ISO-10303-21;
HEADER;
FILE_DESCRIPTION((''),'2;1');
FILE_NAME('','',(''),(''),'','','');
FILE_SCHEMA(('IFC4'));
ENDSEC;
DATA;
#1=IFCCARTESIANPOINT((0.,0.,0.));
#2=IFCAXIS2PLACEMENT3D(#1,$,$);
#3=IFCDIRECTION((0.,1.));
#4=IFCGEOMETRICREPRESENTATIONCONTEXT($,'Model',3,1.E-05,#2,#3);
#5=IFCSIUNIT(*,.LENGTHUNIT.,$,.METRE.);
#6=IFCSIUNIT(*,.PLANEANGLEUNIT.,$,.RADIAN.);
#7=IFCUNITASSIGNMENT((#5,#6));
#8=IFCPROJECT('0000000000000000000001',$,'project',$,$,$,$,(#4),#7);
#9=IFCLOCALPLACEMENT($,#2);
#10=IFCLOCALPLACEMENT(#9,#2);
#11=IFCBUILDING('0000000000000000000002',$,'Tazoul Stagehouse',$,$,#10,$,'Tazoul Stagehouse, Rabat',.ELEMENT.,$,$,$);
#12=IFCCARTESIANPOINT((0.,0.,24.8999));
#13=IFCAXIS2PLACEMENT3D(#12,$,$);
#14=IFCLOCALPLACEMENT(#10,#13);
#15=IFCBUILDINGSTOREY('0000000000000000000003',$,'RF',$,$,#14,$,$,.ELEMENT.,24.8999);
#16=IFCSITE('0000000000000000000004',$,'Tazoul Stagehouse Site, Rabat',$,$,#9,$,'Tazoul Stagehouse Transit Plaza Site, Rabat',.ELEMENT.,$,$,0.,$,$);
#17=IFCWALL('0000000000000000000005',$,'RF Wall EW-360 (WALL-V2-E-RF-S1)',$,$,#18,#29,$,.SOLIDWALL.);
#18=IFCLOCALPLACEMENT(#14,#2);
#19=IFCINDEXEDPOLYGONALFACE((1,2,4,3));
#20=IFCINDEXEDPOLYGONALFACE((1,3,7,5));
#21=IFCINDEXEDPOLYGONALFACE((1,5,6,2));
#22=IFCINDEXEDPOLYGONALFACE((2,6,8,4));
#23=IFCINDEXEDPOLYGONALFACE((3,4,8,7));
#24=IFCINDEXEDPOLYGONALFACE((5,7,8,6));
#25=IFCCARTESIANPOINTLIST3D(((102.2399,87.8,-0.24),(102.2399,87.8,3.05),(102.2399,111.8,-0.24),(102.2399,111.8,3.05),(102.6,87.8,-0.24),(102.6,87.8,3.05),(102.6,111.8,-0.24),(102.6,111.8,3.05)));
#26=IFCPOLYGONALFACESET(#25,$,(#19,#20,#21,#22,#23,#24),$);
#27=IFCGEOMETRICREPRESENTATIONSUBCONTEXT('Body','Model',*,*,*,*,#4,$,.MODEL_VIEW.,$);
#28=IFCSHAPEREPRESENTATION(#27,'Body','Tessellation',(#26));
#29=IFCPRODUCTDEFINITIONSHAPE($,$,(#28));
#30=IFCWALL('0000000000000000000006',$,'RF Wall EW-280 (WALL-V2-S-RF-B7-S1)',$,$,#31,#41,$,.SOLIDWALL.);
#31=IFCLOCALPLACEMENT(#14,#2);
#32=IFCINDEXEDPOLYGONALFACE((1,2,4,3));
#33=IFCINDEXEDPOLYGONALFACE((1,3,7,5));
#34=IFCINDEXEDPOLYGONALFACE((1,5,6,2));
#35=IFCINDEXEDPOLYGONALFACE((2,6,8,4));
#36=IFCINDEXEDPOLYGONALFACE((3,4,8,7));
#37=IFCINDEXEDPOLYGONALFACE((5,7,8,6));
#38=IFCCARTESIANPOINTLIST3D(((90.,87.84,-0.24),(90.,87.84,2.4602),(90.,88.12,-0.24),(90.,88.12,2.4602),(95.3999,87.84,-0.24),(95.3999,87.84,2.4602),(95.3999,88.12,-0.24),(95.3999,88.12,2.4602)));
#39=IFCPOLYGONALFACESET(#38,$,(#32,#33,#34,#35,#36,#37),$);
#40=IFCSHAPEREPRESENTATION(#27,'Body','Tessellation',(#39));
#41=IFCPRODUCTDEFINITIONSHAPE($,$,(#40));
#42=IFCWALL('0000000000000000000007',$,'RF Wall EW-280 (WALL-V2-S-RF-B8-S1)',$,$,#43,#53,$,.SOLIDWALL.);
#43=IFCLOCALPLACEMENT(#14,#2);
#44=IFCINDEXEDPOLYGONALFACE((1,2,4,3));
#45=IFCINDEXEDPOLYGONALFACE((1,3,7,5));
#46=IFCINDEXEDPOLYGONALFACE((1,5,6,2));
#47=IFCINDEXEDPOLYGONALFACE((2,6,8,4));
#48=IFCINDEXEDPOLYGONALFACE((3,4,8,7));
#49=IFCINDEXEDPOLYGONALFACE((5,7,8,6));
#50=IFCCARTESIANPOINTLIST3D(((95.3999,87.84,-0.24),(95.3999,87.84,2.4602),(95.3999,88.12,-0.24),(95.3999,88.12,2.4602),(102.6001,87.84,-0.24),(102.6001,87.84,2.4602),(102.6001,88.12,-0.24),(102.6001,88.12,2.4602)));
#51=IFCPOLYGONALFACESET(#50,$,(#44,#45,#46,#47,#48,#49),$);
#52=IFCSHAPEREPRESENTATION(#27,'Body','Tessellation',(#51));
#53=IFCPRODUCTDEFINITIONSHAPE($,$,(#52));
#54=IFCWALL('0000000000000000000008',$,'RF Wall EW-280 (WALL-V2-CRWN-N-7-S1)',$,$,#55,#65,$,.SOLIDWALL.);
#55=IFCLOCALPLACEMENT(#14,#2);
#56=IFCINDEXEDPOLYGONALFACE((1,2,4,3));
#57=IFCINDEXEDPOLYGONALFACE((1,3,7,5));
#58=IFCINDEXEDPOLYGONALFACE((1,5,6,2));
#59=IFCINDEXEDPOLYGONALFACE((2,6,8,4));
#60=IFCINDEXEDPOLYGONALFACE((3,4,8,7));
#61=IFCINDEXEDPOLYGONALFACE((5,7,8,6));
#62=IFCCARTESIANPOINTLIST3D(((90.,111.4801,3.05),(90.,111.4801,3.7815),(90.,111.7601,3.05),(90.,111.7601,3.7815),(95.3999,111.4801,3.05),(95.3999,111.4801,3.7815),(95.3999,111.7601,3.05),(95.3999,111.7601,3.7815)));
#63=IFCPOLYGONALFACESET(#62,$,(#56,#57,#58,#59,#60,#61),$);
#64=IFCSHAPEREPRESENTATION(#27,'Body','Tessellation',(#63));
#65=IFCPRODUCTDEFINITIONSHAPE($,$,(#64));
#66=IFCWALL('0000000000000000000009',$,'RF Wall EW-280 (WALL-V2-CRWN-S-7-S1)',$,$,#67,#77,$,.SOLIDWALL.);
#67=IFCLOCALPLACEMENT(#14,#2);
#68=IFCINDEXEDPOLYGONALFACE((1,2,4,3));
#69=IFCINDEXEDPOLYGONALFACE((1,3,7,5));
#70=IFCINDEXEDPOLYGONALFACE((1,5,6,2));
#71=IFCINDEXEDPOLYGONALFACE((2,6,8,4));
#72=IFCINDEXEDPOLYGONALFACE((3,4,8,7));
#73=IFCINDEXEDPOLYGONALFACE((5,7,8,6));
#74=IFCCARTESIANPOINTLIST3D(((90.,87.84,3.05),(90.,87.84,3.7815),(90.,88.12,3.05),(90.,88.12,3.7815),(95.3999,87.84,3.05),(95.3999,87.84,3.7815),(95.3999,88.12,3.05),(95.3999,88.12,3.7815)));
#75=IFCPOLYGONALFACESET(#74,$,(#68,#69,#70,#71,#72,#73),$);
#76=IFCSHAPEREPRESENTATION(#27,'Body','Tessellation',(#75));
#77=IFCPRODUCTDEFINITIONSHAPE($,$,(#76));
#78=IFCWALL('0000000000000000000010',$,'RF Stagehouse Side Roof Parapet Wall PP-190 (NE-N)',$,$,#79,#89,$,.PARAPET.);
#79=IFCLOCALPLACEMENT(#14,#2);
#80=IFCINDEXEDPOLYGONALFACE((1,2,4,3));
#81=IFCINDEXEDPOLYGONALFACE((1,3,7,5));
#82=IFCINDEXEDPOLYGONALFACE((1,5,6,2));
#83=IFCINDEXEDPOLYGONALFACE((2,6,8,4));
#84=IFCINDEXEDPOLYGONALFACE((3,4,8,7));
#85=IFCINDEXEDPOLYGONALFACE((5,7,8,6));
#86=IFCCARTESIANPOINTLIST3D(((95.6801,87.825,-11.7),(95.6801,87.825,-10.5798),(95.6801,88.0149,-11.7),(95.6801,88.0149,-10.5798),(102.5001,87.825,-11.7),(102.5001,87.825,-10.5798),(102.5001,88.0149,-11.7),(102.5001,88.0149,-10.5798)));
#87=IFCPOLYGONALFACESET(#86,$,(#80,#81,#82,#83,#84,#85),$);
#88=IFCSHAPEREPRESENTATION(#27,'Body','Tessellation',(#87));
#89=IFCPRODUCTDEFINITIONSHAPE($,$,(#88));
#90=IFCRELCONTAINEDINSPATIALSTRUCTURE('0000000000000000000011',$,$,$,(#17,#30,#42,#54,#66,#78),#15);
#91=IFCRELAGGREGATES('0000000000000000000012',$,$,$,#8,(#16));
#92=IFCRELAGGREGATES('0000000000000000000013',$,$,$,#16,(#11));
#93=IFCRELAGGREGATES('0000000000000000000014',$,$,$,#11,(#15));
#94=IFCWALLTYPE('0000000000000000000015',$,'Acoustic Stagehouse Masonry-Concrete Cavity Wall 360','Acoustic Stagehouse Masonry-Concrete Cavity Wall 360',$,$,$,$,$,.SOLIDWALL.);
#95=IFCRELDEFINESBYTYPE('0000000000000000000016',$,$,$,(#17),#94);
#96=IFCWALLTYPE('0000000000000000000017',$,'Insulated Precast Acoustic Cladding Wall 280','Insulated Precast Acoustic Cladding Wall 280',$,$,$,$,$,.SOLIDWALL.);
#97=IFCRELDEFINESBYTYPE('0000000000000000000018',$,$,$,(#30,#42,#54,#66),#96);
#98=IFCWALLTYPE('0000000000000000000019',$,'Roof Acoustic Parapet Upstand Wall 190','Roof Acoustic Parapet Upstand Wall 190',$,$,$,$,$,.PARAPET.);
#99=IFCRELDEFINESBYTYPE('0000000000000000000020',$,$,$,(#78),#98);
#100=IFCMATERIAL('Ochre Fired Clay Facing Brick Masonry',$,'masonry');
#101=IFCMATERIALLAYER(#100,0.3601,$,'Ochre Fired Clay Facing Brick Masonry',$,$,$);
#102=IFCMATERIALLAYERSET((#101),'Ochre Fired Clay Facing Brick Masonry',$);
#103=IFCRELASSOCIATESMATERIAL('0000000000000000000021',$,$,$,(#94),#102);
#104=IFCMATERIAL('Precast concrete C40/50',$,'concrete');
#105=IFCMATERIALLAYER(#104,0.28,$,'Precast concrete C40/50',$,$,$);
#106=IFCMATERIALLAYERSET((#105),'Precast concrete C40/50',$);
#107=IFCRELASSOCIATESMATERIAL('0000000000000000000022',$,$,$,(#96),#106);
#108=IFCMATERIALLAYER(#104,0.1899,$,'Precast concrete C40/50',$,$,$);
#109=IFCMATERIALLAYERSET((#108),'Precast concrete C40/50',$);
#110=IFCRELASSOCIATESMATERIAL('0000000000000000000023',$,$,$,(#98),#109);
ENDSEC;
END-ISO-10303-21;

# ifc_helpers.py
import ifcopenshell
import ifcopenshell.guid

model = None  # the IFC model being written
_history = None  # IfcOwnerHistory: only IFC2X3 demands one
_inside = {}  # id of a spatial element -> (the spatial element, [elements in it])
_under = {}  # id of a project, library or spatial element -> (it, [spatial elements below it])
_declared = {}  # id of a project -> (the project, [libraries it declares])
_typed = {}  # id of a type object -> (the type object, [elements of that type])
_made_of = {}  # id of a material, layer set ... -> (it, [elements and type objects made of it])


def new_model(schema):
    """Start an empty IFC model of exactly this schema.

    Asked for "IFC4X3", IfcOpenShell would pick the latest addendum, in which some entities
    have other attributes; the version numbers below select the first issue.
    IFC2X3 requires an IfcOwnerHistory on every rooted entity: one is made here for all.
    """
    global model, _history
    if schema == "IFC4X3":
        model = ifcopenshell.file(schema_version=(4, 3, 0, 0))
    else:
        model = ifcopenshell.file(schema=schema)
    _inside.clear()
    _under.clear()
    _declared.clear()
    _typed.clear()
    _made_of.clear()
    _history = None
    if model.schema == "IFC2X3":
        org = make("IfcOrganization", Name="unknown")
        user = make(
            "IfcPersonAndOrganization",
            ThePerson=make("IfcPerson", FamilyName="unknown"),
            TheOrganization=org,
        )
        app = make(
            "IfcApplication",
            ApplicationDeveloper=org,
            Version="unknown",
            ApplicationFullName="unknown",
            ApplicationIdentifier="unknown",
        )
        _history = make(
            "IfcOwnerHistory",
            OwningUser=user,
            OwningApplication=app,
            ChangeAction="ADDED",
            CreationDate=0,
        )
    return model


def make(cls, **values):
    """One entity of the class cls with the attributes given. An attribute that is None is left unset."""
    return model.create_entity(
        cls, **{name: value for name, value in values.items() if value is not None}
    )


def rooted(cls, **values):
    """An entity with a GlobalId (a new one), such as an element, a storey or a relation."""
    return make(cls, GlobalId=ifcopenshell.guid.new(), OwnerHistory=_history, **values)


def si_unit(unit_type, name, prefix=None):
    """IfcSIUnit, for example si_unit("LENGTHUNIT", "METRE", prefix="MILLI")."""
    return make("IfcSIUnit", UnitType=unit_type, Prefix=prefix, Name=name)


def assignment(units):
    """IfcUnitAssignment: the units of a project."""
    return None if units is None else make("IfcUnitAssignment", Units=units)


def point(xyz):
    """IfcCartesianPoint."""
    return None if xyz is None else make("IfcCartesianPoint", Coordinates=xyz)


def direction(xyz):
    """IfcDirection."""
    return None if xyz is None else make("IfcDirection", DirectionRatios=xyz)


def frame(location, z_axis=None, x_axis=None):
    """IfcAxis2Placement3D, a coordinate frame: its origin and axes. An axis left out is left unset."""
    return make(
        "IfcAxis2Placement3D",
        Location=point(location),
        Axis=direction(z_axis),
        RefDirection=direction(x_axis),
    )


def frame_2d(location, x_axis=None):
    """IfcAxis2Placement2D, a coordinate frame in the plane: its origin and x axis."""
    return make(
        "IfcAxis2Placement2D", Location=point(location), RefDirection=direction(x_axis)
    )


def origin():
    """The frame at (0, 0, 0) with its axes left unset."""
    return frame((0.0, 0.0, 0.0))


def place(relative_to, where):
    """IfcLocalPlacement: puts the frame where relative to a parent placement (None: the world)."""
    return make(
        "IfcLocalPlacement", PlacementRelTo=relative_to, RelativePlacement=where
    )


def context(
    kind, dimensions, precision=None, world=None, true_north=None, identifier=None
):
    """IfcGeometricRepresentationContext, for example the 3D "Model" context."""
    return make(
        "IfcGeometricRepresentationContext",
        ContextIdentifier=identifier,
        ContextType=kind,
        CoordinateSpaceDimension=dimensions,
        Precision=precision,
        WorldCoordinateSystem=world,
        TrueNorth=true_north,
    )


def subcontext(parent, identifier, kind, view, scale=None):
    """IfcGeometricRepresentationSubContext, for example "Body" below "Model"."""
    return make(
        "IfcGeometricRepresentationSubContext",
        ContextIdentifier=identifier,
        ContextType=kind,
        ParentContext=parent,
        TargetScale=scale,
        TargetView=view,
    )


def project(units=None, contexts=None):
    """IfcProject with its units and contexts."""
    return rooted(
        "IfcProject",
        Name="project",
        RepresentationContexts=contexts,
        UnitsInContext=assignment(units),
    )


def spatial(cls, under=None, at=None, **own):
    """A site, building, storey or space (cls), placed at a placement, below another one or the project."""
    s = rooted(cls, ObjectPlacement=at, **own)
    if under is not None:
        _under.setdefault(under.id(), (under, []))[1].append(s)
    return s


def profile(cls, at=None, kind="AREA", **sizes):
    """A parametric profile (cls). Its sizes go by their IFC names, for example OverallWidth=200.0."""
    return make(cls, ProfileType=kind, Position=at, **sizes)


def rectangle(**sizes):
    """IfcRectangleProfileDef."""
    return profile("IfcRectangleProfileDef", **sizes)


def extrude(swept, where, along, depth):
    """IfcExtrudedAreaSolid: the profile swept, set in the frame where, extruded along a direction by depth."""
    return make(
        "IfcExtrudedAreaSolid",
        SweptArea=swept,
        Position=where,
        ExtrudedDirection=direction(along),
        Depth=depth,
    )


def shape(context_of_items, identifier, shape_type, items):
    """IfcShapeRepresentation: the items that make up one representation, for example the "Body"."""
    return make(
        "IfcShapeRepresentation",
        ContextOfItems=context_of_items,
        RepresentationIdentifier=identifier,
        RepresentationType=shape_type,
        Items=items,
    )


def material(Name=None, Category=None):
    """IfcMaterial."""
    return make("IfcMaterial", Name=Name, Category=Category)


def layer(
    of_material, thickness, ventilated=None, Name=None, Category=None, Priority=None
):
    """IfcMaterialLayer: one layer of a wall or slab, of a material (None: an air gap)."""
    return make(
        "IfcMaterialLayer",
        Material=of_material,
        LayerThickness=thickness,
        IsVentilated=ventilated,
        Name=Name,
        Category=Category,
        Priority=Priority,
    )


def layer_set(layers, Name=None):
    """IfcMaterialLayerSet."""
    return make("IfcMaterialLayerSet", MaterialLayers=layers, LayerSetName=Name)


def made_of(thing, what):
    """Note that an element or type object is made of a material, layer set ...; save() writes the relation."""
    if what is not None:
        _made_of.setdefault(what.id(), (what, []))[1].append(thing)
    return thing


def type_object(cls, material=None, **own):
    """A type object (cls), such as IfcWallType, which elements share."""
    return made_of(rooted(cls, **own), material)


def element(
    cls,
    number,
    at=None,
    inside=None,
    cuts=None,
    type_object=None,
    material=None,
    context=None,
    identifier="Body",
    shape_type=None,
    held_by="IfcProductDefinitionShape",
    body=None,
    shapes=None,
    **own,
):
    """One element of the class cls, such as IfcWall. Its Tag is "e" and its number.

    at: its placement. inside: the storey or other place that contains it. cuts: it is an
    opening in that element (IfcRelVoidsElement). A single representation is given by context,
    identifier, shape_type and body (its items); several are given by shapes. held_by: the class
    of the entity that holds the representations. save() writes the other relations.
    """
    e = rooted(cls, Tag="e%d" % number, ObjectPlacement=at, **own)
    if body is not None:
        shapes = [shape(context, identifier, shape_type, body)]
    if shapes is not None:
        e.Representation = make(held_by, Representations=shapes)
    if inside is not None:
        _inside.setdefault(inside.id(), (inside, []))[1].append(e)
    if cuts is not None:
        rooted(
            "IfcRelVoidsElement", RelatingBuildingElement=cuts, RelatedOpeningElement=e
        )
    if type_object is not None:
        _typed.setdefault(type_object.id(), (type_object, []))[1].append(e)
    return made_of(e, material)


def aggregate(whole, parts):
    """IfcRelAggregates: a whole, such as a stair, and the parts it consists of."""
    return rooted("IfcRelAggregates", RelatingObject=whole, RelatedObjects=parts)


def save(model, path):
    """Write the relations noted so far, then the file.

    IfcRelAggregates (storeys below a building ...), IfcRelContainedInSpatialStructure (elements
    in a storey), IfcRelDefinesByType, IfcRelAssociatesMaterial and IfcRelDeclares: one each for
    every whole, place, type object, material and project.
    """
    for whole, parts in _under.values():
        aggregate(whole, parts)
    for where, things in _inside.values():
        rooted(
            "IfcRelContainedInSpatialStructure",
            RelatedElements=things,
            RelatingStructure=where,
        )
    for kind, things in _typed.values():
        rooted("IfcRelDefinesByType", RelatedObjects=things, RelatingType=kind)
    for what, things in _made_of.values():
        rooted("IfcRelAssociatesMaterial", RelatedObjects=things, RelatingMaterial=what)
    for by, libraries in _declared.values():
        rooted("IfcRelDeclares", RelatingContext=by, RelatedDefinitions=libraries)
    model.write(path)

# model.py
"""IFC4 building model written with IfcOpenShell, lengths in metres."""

from ifc_helpers import new_model, si_unit, direction, frame, frame_2d, origin, place, context, subcontext, project, spatial, rectangle, extrude, material, layer, layer_set, type_object, element, save


model = new_model("IFC4")

# Units and contexts
model_context = context("Model", 3, precision=1e-05, world=origin(), true_north=direction((0.0, 1.0)))
body_context = subcontext(model_context, "Body", "Model", "MODEL_VIEW")
ifc_project = project(units=[si_unit("LENGTHUNIT", "METRE"), si_unit("PLANEANGLEUNIT", "RADIAN")], contexts=[model_context])

# Site, building, storey
site_placement = place(None, origin())
site = spatial("IfcSite", under=ifc_project, at=site_placement, Name="Tazoul Stagehouse Site, Rabat", LongName="Tazoul Stagehouse Transit Plaza Site, Rabat", CompositionType="ELEMENT", RefElevation=0.0)
building_placement = place(site_placement, origin())
building = spatial("IfcBuilding", under=site, at=building_placement, Name="Tazoul Stagehouse", LongName="Tazoul Stagehouse, Rabat", CompositionType="ELEMENT")
storey_placement = place(building_placement, frame((0.0, 0.0, 24.8999)))
storey = spatial("IfcBuildingStorey", under=building, at=storey_placement, Name="RF", CompositionType="ELEMENT", Elevation=24.8999)

# Walls
ifc_material_1 = material(Name="Ochre Fired Clay Facing Brick Masonry", Category="masonry")
ifc_layer_1 = layer(ifc_material_1, 0.3601, Name="Ochre Fired Clay Facing Brick Masonry")
ifc_layer_set_1 = layer_set([ifc_layer_1], Name="Ochre Fired Clay Facing Brick Masonry")
wall_type_1 = type_object("IfcWallType", Name="Acoustic Stagehouse Masonry-Concrete Cavity Wall 360", Description="Acoustic Stagehouse Masonry-Concrete Cavity Wall 360", PredefinedType="SOLIDWALL", material=ifc_layer_set_1)
wall_1_placement = place(storey_placement, frame((102.4199, 87.8, -0.24), z_axis=(0.0, 0.0, 1.0), x_axis=(0.0, 1.0, 0.0)))
element("IfcWall", 1, at=wall_1_placement, inside=storey, type_object=wall_type_1, Name="RF Wall EW-360 (WALL-V2-E-RF-S1)", PredefinedType="SOLIDWALL", context=body_context, shape_type="SweptSolid", body=[
    extrude(rectangle(XDim=24.0, YDim=0.3601, at=frame_2d((12.0, 0.0))), origin(), (0.0, 0.0, 1.0), 3.29),
])
ifc_material_2 = material(Name="Precast concrete C40/50", Category="concrete")
ifc_layer_2 = layer(ifc_material_2, 0.28, Name="Precast concrete C40/50")
ifc_layer_set_2 = layer_set([ifc_layer_2], Name="Precast concrete C40/50")
wall_type_2 = type_object("IfcWallType", Name="Insulated Precast Acoustic Cladding Wall 280", Description="Insulated Precast Acoustic Cladding Wall 280", PredefinedType="SOLIDWALL", material=ifc_layer_set_2)
wall_2_placement = place(storey_placement, frame((90.0, 87.98, -0.24), z_axis=(0.0, 0.0, 1.0), x_axis=(1.0, 0.0, 0.0)))
element("IfcWall", 2, at=wall_2_placement, inside=storey, type_object=wall_type_2, Name="RF Wall EW-280 (WALL-V2-S-RF-B7-S1)", PredefinedType="SOLIDWALL", context=body_context, shape_type="SweptSolid", body=[
    extrude(rectangle(XDim=5.3999, YDim=0.28, at=frame_2d((2.7, 0.0))), origin(), (0.0, 0.0, 1.0), 2.7002),
])
wall_3_placement = place(storey_placement, frame((95.3999, 87.98, -0.24), z_axis=(0.0, 0.0, 1.0), x_axis=(1.0, 0.0, 0.0)))
element("IfcWall", 3, at=wall_3_placement, inside=storey, type_object=wall_type_2, Name="RF Wall EW-280 (WALL-V2-S-RF-B8-S1)", PredefinedType="SOLIDWALL", context=body_context, shape_type="SweptSolid", body=[
    extrude(rectangle(XDim=7.2002, YDim=0.28, at=frame_2d((3.6001, 0.0))), origin(), (0.0, 0.0, 1.0), 2.7002),
])
for number, where, z_axis, x_axis, name in (
    (4, (90.0, 111.6201, 3.05), (0.0, 0.0, 1.0), (1.0, 0.0, 0.0), "RF Wall EW-280 (WALL-V2-CRWN-N-7-S1)"),
    (5, (90.0, 87.98, 3.05), (0.0, 0.0, 1.0), (1.0, 0.0, 0.0), "RF Wall EW-280 (WALL-V2-CRWN-S-7-S1)"),
):
    element("IfcWall", number, at=place(storey_placement, frame(where, z_axis=z_axis, x_axis=x_axis)), inside=storey, type_object=wall_type_2, Name=name, PredefinedType="SOLIDWALL", context=body_context, shape_type="SweptSolid", body=[
        extrude(rectangle(XDim=5.3999, YDim=0.28, at=frame_2d((2.7, 0.0))), origin(), (0.0, 0.0, 1.0), 0.7314),
    ])
ifc_layer_3 = layer(ifc_material_2, 0.1899, Name="Precast concrete C40/50")
ifc_layer_set_3 = layer_set([ifc_layer_3], Name="Precast concrete C40/50")
wall_type_3 = type_object("IfcWallType", Name="Roof Acoustic Parapet Upstand Wall 190", Description="Roof Acoustic Parapet Upstand Wall 190", PredefinedType="PARAPET", material=ifc_layer_set_3)
wall_4_placement = place(storey_placement, frame((95.6799, 87.9199, -11.7), z_axis=(0.0, 0.0, 1.0), x_axis=(1.0, 0.0, 0.0)))
element("IfcWall", 6, at=wall_4_placement, inside=storey, type_object=wall_type_3, Name="RF Stagehouse Side Roof Parapet Wall PP-190 (NE-N)", PredefinedType="PARAPET", context=body_context, shape_type="SweptSolid", body=[
    extrude(rectangle(XDim=6.8201, YDim=0.1899, at=frame_2d((3.4102, 0.0))), origin(), (0.0, 0.0, 1.0), 1.1201),
])

save(model, "model.ifc")
